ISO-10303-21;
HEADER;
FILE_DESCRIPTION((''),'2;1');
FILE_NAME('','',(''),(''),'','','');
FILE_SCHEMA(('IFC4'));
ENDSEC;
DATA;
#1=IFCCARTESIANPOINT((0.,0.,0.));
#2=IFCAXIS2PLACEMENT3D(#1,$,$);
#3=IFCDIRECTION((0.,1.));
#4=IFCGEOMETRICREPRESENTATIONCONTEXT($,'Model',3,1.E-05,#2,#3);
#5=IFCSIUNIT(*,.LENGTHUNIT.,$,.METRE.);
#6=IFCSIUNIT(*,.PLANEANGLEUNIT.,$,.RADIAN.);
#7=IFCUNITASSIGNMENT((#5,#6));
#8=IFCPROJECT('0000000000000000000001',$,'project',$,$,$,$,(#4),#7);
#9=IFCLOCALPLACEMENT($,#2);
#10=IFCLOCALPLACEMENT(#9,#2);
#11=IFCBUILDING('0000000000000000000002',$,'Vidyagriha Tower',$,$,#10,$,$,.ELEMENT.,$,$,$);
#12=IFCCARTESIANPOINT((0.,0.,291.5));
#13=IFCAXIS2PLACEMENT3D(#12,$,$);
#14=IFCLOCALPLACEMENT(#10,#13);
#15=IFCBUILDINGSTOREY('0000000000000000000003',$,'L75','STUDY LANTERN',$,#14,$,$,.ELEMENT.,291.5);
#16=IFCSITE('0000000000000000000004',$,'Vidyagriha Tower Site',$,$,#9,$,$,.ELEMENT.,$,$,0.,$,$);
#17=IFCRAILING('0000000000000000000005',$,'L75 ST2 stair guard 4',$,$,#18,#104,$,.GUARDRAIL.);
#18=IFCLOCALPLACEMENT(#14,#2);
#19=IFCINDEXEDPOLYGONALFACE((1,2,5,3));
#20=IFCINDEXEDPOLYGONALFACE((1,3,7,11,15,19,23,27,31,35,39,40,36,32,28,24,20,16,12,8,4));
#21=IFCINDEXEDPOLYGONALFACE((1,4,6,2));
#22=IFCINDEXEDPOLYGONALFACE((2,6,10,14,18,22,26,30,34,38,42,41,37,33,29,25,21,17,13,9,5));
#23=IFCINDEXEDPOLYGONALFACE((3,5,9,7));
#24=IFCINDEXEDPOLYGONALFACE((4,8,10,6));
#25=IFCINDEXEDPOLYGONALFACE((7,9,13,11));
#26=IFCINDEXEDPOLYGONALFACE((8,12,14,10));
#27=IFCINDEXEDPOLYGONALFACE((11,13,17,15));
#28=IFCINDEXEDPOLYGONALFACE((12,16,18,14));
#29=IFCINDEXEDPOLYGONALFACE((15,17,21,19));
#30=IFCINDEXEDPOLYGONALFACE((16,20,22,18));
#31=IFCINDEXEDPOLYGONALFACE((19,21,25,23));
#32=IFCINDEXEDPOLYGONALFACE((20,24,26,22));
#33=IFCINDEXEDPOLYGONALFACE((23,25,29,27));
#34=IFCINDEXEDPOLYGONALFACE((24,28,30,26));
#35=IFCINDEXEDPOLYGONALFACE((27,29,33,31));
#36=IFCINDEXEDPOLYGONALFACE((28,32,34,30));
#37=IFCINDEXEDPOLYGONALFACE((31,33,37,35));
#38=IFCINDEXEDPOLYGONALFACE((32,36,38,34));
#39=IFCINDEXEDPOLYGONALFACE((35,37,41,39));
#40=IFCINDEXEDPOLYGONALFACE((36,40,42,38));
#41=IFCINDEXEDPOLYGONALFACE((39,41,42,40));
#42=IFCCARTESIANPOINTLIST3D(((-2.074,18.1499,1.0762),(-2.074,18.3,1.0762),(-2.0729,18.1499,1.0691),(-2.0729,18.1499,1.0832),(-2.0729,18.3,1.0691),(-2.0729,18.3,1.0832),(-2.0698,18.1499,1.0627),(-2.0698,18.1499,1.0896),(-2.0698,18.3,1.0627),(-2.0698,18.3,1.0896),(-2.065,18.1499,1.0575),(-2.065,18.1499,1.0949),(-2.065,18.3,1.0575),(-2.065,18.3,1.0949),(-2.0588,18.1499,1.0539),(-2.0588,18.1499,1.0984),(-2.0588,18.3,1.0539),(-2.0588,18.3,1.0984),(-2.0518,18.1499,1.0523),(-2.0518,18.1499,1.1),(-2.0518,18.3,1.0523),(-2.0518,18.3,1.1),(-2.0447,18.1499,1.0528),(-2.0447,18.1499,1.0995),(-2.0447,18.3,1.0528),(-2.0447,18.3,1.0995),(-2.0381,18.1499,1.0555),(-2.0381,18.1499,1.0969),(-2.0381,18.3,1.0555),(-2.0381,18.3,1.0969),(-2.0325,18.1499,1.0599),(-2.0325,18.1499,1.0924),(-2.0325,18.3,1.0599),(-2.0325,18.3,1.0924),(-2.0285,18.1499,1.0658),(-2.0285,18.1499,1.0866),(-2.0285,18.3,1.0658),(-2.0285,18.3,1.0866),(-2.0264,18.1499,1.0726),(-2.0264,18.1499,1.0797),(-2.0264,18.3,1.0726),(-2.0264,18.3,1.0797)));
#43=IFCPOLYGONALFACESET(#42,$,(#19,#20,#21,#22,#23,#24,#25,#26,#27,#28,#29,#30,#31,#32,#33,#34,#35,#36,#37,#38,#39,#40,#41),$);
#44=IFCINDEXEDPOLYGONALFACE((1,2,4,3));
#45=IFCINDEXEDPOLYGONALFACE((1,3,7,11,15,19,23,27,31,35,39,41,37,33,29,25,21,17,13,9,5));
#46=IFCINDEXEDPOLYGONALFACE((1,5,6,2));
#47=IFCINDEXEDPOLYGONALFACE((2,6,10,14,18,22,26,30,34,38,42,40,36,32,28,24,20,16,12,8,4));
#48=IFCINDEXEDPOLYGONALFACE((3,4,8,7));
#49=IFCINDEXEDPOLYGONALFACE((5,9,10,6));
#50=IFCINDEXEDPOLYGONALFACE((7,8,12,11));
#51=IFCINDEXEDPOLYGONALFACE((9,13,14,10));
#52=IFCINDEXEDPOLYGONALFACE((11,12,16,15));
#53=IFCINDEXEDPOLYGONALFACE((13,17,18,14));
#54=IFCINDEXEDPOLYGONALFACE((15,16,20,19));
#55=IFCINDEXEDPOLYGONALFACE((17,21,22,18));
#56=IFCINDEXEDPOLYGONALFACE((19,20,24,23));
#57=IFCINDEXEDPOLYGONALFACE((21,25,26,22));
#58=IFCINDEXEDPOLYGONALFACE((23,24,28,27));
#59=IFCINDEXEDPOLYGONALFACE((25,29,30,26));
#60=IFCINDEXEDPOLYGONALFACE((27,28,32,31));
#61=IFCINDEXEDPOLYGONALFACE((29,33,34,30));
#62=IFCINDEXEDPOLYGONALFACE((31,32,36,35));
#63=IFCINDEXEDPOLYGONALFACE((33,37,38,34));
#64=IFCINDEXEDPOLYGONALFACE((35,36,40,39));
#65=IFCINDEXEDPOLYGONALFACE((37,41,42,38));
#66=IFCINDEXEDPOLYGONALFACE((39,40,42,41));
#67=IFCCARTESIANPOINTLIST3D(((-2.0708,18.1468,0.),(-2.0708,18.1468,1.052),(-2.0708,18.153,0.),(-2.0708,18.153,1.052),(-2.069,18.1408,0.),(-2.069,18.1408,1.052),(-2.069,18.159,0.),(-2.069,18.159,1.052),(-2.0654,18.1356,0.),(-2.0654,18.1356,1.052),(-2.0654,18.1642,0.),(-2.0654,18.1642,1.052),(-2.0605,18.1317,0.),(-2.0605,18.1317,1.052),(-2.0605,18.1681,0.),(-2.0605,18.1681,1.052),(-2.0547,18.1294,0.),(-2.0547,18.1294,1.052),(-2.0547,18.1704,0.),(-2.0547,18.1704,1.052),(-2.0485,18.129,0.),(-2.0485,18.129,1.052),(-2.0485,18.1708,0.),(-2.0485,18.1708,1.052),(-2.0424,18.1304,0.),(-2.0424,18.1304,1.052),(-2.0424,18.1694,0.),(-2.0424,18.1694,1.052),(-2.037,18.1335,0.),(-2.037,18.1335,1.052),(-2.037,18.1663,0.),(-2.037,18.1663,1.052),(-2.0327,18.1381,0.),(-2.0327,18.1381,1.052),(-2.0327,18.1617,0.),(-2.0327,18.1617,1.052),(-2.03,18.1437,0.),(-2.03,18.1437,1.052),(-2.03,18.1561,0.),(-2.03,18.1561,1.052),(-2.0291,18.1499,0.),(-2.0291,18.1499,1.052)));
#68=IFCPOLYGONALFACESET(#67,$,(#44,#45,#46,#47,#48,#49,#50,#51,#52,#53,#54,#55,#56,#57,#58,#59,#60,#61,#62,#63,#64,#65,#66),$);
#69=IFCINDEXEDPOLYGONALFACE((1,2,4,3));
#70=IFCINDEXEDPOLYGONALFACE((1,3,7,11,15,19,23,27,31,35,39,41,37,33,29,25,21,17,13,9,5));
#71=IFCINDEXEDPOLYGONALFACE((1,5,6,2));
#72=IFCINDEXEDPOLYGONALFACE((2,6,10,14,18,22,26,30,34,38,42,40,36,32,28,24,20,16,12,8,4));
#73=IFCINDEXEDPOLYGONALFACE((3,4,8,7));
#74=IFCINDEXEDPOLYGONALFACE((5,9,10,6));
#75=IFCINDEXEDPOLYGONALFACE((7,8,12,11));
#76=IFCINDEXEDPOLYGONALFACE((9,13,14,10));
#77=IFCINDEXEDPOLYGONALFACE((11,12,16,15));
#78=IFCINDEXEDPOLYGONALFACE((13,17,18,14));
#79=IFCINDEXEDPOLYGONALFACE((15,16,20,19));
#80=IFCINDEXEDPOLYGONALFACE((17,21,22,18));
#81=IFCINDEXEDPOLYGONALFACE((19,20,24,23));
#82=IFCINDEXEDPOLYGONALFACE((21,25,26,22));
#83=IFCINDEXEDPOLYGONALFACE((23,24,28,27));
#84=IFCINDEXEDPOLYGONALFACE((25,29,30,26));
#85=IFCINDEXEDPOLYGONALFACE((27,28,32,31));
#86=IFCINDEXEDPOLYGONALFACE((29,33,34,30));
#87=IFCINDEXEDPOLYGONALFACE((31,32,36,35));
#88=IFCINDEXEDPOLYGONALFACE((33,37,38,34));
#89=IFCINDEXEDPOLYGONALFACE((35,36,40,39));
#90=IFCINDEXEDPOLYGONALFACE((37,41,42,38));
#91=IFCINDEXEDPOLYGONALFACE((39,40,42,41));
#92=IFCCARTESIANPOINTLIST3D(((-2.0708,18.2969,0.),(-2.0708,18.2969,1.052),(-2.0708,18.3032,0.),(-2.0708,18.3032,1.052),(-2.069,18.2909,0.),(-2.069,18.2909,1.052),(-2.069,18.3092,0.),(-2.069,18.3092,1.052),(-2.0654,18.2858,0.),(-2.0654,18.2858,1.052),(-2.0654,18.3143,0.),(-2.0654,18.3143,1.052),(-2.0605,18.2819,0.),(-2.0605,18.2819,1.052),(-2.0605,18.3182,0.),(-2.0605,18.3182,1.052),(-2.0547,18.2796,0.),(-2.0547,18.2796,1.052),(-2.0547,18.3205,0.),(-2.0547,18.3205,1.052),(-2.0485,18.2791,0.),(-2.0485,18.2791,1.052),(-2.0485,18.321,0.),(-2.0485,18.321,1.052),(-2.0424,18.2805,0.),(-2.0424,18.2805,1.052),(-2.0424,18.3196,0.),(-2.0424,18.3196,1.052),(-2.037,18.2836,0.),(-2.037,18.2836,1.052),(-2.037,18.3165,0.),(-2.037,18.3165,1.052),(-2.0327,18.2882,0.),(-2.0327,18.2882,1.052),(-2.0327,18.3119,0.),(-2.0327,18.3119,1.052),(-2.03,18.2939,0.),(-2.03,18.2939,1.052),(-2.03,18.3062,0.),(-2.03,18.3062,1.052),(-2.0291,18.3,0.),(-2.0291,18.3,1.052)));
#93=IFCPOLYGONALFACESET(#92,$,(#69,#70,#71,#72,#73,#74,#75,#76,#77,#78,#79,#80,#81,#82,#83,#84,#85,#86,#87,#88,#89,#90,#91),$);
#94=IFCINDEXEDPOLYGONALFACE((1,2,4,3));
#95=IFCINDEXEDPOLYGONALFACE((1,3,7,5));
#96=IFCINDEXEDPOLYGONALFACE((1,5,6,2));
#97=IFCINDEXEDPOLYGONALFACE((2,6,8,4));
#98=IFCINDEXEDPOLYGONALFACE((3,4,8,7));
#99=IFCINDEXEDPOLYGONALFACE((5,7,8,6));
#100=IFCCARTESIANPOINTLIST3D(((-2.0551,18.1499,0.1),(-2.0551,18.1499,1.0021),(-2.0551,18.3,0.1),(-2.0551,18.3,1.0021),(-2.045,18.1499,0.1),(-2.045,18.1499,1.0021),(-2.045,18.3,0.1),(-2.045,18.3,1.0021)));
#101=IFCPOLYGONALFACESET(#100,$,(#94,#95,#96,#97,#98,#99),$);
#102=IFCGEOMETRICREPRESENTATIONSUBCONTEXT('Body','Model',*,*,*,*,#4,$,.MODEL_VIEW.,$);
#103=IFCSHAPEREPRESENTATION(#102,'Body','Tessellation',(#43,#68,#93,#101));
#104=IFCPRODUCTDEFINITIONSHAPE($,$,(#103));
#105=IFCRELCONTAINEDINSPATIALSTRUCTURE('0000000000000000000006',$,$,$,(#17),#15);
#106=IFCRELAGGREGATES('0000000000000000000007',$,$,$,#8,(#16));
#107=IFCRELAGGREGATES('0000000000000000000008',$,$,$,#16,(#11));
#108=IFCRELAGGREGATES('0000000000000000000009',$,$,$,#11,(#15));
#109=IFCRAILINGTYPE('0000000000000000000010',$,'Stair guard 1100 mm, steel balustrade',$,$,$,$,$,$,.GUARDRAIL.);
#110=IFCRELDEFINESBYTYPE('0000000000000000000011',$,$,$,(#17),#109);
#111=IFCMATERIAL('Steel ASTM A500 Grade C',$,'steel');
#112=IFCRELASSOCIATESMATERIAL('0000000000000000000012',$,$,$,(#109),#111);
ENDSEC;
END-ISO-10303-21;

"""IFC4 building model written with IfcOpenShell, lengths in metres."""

from ifc_helpers import new_model, si_unit, direction, frame, origin, origin_2d, place, context, subcontext, project, spatial, rectangle, circle, extrude, material, type_object, element, save


model = new_model("IFC4")

# Units and contexts
model_context = context("Model", 3, precision=1e-05, world=origin(), true_north=direction((0.0, 1.0)))
body_context = subcontext(model_context, "Body", "Model", "MODEL_VIEW")
ifc_project = project(units=[si_unit("LENGTHUNIT", "METRE"), si_unit("PLANEANGLEUNIT", "RADIAN")], contexts=[model_context])

# Site, building, storey
site_placement = place(None, origin())
site = spatial("IfcSite", under=ifc_project, at=site_placement, Name="Vidyagriha Tower Site", CompositionType="ELEMENT", RefElevation=0.0)
building_placement = place(site_placement, origin())
building = spatial("IfcBuilding", under=site, at=building_placement, Name="Vidyagriha Tower", CompositionType="ELEMENT")
storey_placement = place(building_placement, frame((0.0, 0.0, 291.5)))
storey = spatial("IfcBuildingStorey", under=building, at=storey_placement, Name="L75", Description="STUDY LANTERN", CompositionType="ELEMENT", Elevation=291.5)

# Railing
ifc_material_1 = material(Name="Steel ASTM A500 Grade C", Category="steel")
railing_type_1 = type_object("IfcRailingType", Name="Stair guard 1100 mm, steel balustrade", PredefinedType="GUARDRAIL", material=ifc_material_1)
railing_1_placement = place(storey_placement, frame((-2.05, 18.1499, 0.0)))
element("IfcRailing", 1, at=railing_1_placement, inside=storey, type_object=railing_type_1, Name="L75 ST2 stair guard 4", PredefinedType="GUARDRAIL", context=body_context, shape_type="SweptSolid", body=[
    extrude(circle(Radius=0.0239, at=origin_2d()), frame((0.0, 0.0, 1.0762), z_axis=(0.0, 1.0, 0.0), x_axis=(-1.0, 0.0, 0.0)), (0.0, 0.0, 1.0), 0.1501),
    extrude(circle(Radius=0.021, at=origin_2d()), origin(), (0.0, 0.0, 1.0), 1.052),
    extrude(circle(Radius=0.021, at=origin_2d()), frame((0.0, 0.1501, 0.0)), (0.0, 0.0, 1.0), 1.052),
    extrude(rectangle(XDim=0.01, YDim=0.9021, at=origin_2d()), frame((0.0, 0.0, 0.551), z_axis=(0.0, 1.0, 0.0), x_axis=(-1.0, 0.0, 0.0)), (0.0, 0.0, 1.0), 0.1501),
])

save(model, "model.ifc")
